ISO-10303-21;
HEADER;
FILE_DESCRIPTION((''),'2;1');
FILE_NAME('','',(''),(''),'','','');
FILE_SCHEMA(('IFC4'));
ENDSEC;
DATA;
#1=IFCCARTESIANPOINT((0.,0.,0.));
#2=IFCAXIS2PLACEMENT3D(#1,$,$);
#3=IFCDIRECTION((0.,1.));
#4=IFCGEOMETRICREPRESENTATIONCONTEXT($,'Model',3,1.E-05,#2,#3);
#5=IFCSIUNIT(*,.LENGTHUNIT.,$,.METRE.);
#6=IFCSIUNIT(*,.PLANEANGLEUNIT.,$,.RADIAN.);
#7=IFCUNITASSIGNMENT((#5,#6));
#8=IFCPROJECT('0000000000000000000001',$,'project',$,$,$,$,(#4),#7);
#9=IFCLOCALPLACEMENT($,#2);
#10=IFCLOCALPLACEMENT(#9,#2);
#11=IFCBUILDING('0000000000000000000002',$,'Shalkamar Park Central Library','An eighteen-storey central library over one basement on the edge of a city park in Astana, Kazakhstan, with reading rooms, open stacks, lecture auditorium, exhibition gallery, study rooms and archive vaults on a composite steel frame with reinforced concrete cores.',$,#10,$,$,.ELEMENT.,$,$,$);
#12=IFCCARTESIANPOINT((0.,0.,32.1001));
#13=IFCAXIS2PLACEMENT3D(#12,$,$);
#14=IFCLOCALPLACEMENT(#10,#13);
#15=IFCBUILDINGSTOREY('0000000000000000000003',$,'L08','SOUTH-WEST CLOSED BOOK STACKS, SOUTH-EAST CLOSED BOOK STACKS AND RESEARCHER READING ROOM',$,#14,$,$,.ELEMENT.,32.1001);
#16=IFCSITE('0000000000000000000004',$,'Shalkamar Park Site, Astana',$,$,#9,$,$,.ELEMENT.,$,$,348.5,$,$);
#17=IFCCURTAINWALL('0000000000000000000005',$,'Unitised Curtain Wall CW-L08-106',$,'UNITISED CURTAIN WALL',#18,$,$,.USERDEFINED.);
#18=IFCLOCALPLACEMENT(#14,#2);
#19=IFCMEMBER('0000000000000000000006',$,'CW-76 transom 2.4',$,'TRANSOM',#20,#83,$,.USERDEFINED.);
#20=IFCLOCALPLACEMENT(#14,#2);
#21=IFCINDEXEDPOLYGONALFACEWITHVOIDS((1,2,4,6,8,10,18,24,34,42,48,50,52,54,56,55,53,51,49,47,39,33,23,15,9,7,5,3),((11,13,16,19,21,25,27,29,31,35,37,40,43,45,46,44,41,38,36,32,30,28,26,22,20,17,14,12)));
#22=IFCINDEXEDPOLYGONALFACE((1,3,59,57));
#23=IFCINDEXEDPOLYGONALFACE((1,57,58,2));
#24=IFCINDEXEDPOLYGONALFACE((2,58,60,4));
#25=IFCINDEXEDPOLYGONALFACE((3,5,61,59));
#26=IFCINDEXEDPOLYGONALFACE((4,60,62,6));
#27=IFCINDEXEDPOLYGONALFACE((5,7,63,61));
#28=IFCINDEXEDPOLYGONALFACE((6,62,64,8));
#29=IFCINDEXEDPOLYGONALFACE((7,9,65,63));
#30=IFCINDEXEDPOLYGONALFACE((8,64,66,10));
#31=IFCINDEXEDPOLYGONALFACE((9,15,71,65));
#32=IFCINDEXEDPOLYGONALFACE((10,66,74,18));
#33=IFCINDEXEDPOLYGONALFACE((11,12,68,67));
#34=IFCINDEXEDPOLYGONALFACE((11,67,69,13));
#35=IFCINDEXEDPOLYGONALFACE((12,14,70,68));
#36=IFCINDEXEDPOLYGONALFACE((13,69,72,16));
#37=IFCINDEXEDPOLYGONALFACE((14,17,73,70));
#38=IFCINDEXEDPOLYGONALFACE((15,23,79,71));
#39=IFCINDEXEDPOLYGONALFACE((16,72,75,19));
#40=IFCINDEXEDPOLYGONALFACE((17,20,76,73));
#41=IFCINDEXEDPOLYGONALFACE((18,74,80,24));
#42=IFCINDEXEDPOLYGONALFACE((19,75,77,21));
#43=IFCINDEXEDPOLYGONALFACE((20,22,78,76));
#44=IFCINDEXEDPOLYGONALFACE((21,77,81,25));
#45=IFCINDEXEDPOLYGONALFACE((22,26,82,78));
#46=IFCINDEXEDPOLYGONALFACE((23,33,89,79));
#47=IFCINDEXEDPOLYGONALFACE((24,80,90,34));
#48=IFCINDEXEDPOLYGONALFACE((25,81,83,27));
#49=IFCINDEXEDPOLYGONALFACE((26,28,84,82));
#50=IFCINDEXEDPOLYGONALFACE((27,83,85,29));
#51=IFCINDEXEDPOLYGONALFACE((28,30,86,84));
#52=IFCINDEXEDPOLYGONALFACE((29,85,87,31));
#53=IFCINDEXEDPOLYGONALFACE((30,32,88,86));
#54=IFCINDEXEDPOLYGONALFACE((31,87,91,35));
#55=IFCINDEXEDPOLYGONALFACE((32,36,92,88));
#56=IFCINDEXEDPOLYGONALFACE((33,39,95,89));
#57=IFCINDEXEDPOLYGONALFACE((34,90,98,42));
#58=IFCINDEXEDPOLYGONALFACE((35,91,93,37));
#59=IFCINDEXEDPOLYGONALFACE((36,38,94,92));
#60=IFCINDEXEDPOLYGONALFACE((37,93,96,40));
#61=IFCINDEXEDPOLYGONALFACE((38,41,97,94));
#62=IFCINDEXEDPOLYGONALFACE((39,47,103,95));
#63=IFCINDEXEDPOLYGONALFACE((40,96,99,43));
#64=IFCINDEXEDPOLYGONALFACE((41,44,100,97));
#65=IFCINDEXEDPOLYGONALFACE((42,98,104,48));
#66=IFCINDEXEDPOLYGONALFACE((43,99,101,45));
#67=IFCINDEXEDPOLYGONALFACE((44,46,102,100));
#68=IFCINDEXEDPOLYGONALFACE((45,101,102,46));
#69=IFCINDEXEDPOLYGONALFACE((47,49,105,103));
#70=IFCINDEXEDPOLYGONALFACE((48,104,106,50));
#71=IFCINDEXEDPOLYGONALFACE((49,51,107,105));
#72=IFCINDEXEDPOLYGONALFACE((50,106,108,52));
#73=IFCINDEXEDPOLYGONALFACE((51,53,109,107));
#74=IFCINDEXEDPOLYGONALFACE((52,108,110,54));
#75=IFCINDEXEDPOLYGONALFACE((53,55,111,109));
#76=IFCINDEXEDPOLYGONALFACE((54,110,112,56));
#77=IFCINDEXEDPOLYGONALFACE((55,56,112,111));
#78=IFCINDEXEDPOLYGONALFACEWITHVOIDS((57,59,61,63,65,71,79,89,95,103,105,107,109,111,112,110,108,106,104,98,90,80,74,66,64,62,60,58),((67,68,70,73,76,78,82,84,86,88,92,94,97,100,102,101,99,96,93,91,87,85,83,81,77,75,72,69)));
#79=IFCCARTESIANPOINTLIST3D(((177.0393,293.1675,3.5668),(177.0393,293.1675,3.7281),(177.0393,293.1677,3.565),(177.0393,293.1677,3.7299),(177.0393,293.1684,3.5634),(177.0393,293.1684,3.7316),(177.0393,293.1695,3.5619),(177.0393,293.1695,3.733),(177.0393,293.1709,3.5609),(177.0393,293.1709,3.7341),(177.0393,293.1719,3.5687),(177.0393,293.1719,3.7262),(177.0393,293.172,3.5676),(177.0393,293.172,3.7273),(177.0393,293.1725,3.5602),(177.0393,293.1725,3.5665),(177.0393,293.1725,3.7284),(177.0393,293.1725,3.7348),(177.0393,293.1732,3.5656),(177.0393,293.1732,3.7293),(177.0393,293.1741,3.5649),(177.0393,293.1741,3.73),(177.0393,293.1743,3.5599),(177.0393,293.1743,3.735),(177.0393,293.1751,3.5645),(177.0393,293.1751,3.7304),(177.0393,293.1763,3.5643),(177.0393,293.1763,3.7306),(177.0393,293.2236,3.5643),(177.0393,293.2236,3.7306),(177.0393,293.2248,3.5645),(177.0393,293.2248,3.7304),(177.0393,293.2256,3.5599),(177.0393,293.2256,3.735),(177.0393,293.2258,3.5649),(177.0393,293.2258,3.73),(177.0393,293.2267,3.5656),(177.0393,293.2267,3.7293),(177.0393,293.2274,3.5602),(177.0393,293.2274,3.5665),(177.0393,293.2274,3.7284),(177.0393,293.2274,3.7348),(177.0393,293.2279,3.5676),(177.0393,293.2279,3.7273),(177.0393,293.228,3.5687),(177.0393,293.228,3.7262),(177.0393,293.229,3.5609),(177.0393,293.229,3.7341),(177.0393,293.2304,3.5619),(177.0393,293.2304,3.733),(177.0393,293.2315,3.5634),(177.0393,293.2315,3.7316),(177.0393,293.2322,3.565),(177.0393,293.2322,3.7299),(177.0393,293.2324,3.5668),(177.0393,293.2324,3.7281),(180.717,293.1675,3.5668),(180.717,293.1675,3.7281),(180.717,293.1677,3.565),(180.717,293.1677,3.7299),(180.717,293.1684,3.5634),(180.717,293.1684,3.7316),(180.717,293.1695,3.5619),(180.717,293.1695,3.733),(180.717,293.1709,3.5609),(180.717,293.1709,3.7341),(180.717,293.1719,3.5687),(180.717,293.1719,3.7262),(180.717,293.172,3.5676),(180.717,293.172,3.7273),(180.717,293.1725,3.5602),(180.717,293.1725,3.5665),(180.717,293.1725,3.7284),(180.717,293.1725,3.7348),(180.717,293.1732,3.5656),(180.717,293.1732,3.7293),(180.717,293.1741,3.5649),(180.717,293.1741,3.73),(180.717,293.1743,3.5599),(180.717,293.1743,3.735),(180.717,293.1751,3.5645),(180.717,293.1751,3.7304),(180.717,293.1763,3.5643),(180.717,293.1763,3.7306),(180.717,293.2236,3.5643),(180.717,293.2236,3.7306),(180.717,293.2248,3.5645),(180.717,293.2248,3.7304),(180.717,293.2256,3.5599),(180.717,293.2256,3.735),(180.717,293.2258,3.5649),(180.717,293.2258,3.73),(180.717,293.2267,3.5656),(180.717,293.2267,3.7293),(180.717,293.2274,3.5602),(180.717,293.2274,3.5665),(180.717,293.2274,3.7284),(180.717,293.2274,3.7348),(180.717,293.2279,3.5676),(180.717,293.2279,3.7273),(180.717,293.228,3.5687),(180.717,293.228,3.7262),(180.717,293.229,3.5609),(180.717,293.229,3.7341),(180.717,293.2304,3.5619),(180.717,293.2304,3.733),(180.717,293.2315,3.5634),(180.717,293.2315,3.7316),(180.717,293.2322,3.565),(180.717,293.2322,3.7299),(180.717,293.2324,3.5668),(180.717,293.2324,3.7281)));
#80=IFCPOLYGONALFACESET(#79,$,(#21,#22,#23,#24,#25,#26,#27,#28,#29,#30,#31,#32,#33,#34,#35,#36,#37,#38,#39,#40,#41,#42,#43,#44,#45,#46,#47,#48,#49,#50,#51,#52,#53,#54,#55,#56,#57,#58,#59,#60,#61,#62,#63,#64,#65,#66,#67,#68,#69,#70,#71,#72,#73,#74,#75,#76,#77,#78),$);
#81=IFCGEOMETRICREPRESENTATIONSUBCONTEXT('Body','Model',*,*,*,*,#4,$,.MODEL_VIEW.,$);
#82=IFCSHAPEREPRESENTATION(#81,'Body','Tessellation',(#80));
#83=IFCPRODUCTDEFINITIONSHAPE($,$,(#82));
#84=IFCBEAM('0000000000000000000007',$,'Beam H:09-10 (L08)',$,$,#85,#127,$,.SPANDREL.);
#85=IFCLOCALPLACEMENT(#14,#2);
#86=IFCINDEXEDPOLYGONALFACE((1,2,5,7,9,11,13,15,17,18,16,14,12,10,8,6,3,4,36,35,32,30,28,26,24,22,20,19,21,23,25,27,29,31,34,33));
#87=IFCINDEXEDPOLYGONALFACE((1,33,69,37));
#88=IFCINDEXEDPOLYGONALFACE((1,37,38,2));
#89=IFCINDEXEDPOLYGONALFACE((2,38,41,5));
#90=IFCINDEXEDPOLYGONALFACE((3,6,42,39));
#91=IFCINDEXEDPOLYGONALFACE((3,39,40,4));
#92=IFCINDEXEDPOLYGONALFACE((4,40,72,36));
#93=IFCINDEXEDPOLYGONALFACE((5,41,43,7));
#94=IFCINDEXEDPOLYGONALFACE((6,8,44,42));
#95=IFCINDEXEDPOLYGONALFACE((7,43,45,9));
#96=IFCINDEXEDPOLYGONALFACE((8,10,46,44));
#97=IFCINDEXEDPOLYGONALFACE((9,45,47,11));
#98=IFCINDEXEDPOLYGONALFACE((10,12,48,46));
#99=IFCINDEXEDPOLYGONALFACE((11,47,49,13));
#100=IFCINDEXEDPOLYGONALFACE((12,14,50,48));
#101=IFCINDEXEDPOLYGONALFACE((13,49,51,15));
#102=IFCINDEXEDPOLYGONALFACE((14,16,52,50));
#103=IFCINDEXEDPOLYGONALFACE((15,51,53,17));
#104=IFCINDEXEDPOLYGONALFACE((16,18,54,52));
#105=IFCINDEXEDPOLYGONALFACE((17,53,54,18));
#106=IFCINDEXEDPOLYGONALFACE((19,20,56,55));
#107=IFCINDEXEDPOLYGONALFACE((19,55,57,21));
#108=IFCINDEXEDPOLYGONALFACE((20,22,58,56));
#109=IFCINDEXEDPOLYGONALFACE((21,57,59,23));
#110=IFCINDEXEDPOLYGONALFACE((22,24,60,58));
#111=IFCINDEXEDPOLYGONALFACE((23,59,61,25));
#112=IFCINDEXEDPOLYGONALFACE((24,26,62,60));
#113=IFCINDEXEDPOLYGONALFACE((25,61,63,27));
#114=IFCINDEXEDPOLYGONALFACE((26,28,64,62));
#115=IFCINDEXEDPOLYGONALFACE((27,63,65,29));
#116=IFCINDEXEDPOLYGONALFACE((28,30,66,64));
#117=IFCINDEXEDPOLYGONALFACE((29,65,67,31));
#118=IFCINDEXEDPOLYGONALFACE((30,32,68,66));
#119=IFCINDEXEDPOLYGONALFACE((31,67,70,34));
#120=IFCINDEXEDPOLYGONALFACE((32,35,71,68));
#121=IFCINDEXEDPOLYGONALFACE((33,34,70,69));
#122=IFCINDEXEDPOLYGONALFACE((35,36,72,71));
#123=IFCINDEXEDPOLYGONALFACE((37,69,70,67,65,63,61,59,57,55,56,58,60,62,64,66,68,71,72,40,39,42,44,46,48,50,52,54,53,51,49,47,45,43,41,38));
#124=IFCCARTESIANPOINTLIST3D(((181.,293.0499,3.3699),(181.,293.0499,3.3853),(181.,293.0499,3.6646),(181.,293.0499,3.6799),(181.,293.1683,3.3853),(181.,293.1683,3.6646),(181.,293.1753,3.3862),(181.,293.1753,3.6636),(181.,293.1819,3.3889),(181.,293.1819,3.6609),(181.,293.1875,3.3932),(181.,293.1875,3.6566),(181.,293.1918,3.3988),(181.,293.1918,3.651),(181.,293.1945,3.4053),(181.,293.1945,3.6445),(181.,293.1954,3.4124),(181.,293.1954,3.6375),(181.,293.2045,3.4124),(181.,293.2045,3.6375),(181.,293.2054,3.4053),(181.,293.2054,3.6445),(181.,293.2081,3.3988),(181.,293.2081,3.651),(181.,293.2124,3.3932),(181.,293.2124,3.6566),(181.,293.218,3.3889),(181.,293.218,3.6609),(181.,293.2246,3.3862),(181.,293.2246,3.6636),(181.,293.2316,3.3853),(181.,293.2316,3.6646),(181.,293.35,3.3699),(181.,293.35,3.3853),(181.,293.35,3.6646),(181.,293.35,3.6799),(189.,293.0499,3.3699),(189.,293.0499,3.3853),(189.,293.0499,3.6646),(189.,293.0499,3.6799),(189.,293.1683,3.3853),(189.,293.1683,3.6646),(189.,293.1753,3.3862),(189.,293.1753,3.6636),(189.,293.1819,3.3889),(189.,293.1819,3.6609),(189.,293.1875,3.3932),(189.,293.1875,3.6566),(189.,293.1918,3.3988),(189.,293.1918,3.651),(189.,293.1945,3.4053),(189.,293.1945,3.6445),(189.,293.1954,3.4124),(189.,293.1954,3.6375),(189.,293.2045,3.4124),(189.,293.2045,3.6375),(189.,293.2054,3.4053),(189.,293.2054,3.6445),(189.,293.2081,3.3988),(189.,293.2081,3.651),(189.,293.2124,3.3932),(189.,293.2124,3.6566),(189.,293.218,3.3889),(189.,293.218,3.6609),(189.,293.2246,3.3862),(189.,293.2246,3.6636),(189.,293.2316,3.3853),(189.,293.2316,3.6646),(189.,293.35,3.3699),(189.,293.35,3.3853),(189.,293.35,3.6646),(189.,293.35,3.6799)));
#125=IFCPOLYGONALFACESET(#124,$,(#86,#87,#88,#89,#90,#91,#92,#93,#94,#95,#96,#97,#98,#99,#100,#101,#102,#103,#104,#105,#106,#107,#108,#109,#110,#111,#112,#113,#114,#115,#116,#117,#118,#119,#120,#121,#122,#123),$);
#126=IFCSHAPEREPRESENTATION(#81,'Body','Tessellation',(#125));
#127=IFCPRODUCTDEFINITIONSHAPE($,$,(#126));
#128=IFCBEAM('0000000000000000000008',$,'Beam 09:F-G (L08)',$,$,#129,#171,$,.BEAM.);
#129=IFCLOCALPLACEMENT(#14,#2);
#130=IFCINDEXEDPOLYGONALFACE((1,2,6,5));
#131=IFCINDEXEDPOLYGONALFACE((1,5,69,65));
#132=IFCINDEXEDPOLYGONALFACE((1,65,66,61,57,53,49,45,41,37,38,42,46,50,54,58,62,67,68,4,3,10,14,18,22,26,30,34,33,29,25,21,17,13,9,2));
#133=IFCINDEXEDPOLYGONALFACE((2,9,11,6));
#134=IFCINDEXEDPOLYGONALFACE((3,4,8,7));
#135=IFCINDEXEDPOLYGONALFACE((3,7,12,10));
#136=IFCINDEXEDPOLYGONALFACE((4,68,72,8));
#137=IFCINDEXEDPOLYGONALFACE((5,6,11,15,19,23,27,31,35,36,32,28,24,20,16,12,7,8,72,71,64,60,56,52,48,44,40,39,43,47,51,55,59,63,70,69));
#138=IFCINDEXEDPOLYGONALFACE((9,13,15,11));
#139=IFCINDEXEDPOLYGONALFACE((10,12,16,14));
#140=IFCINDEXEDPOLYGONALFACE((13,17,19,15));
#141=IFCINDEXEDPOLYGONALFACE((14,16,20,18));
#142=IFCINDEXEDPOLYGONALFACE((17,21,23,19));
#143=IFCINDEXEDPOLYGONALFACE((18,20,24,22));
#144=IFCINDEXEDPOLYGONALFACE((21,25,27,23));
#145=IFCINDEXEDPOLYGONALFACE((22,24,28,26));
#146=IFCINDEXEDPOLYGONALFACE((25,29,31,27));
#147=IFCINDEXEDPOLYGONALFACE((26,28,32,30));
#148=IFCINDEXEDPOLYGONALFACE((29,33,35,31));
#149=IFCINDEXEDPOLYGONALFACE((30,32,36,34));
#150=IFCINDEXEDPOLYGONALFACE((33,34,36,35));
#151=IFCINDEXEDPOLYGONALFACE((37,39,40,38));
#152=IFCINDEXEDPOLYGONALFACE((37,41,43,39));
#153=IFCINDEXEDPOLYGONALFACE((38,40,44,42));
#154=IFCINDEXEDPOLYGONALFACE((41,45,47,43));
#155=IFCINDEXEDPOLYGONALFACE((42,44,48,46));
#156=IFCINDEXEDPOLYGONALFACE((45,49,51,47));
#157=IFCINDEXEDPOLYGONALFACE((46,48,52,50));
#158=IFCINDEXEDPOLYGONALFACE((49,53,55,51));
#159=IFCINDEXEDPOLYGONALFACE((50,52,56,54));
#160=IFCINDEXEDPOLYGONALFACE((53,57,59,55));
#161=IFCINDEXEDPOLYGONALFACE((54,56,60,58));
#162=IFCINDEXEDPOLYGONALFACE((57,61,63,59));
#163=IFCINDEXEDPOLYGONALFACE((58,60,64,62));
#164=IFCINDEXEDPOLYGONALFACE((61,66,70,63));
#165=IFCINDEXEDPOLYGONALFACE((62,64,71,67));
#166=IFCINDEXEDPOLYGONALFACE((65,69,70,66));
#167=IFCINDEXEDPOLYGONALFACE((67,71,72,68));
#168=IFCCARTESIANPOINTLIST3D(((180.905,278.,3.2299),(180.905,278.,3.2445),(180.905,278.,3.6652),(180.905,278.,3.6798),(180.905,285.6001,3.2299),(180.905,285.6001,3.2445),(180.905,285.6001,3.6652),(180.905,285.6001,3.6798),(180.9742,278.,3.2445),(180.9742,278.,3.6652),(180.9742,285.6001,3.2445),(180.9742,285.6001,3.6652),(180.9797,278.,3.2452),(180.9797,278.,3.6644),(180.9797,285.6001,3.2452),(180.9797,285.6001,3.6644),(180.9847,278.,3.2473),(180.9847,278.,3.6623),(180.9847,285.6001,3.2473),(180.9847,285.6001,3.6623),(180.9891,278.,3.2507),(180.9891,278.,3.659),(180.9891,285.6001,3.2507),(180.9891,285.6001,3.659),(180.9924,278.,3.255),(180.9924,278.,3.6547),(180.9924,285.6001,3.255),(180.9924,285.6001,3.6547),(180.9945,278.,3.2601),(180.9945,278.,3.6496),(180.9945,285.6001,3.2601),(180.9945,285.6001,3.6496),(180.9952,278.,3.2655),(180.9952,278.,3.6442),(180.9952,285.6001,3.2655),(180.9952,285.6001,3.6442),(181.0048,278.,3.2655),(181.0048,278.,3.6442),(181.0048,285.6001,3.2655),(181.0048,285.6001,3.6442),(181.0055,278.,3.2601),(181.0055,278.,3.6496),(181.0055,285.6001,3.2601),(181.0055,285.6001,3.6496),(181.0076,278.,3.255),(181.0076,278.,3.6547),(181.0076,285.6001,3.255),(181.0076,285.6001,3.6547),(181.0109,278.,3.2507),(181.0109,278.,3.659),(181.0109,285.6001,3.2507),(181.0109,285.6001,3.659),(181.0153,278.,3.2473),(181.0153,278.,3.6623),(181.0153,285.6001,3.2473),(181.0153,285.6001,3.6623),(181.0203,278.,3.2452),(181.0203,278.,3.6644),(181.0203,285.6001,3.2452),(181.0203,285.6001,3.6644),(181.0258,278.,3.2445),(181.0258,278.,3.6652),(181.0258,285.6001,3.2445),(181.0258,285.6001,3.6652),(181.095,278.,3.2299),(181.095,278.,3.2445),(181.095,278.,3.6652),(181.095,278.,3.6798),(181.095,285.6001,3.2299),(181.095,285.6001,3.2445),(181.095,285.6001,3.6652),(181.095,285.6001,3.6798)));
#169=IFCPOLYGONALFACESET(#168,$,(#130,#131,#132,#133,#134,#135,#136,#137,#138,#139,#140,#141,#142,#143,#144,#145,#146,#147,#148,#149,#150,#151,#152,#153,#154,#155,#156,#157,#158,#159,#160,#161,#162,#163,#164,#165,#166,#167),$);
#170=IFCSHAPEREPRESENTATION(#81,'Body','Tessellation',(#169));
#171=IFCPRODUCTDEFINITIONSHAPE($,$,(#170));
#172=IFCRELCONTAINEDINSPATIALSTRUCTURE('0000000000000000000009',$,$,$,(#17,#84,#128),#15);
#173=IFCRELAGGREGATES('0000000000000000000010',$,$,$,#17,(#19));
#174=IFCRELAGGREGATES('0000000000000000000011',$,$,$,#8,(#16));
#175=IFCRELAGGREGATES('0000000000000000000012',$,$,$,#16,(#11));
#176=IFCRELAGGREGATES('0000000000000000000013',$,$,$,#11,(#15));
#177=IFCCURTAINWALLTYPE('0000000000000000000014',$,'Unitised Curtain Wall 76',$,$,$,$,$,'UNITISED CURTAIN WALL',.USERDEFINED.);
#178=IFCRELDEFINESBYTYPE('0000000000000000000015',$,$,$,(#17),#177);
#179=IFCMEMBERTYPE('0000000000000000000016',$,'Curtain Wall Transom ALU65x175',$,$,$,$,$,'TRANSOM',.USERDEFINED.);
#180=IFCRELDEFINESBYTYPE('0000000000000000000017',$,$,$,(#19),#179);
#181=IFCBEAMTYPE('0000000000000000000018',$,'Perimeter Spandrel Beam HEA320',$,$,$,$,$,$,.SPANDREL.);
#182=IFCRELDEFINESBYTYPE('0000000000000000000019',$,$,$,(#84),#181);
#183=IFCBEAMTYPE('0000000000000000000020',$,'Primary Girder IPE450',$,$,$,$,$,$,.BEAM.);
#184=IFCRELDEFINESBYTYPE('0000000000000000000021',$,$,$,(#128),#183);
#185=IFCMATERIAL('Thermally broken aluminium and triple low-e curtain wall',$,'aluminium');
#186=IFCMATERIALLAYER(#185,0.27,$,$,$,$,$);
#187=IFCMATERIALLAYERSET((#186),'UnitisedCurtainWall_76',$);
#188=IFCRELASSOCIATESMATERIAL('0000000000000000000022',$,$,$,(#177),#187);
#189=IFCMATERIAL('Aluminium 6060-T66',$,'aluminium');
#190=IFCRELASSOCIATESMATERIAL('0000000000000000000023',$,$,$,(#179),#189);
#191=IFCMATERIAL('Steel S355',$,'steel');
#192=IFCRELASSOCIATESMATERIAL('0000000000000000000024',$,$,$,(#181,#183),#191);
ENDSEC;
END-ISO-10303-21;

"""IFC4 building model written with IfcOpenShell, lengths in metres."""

from ifc_helpers import new_model, si_unit, direction, frame, origin, origin_2d, place, context, subcontext, project, spatial, hollow_rectangle, i_section, extrude, material, layer, layer_set, material_profile, profile_set, type_object, element, aggregate, save


model = new_model("IFC4")

# Units and contexts
model_context = context("Model", 3, precision=1e-05, world=origin(), true_north=direction((0.0, 1.0)))
body_context = subcontext(model_context, "Body", "Model", "MODEL_VIEW")
ifc_project = project(units=[si_unit("LENGTHUNIT", "METRE"), si_unit("PLANEANGLEUNIT", "RADIAN")], contexts=[model_context])

# Site, building, storey
site_placement = place(None, origin())
site = spatial("IfcSite", under=ifc_project, at=site_placement, Name="Shalkamar Park Site, Astana", CompositionType="ELEMENT", RefElevation=348.5)
building_placement = place(site_placement, origin())
building = spatial("IfcBuilding", under=site, at=building_placement, Name="Shalkamar Park Central Library", Description="An eighteen-storey central library over one basement on the edge of a city park in Astana, Kazakhstan, with reading rooms, open stacks, lecture auditorium, exhibition gallery, study rooms and archive vaults on a composite steel frame with reinforced concrete cores.", CompositionType="ELEMENT")
storey_placement = place(building_placement, frame((0.0, 0.0, 32.1001)))
storey = spatial("IfcBuildingStorey", under=building, at=storey_placement, Name="L08", Description="SOUTH-WEST CLOSED BOOK STACKS, SOUTH-EAST CLOSED BOOK STACKS AND RESEARCHER READING ROOM", CompositionType="ELEMENT", Elevation=32.1001)

# Shared definitions
ifc_material_1 = material(Name="Steel S355", Category="steel")

# Curtain wall
ifc_material_2 = material(Name="Thermally broken aluminium and triple low-e curtain wall", Category="aluminium")
ifc_layer_1 = layer(ifc_material_2, 0.27)
ifc_layer_set_1 = layer_set([ifc_layer_1], Name="UnitisedCurtainWall_76")
curtain_wall_type_1 = type_object("IfcCurtainWallType", Name="Unitised Curtain Wall 76", ElementType="UNITISED CURTAIN WALL", PredefinedType="USERDEFINED", material=ifc_layer_set_1)
curtain_wall_1_placement = place(storey_placement, origin())
curtain_wall_1 = element("IfcCurtainWall", 1, at=curtain_wall_1_placement, inside=storey, type_object=curtain_wall_type_1, Name="Unitised Curtain Wall CW-L08-106", ObjectType="UNITISED CURTAIN WALL", PredefinedType="USERDEFINED")
ifc_material_3 = material(Name="Aluminium 6060-T66", Category="aluminium")

# Member
ifc_material_profile_1 = material_profile(ifc_material_3, hollow_rectangle(XDim=0.0649, YDim=0.175, WallThickness=0.0044, InnerFilletRadius=0.0044, OuterFilletRadius=0.0068, at=origin_2d()), Name="ALU 65x175x4.5")
ifc_profile_set_1 = profile_set([ifc_material_profile_1], Name="Aluminium 6060-T66")
member_type_1 = type_object("IfcMemberType", Name="Curtain Wall Transom ALU65x175", ElementType="TRANSOM", PredefinedType="USERDEFINED", material=ifc_profile_set_1)
member_1_placement = place(storey_placement, frame((177.0393, 293.2, 3.6475), z_axis=(1.0, 0.0, 0.0), x_axis=(0.0, 1.0, 0.0)))
member_1 = element("IfcMember", 2, at=member_1_placement, type_object=member_type_1, Name="CW-76 transom 2.4", ObjectType="TRANSOM", PredefinedType="USERDEFINED", context=body_context, shape_type="SweptSolid", body=[
    extrude(hollow_rectangle(XDim=0.0649, YDim=0.175, WallThickness=0.0044, InnerFilletRadius=0.0044, OuterFilletRadius=0.0068, at=origin_2d()), origin(), (0.0, 0.0, 1.0), 3.6777),
])

# Beams
ifc_material_profile_2 = material_profile(ifc_material_1, i_section(OverallWidth=0.3, OverallDepth=0.3101, WebThickness=0.009, FlangeThickness=0.0154, FilletRadius=0.0271, at=origin_2d()), Name="HEA 320")
ifc_profile_set_2 = profile_set([ifc_material_profile_2], Name="Steel S355")
beam_type_1 = type_object("IfcBeamType", Name="Perimeter Spandrel Beam HEA320", PredefinedType="SPANDREL", material=ifc_profile_set_2)
beam_1_placement = place(storey_placement, frame((181.0, 293.2, 3.5249), z_axis=(1.0, 0.0, 0.0), x_axis=(0.0, 1.0, 0.0)))
element("IfcBeam", 3, at=beam_1_placement, inside=storey, type_object=beam_type_1, Name="Beam H:09-10 (L08)", PredefinedType="SPANDREL", context=body_context, shape_type="SweptSolid", body=[
    extrude(i_section(OverallWidth=0.3, OverallDepth=0.3101, WebThickness=0.009, FlangeThickness=0.0154, FilletRadius=0.0271, at=origin_2d()), origin(), (0.0, 0.0, 1.0), 8.0),
])
ifc_material_profile_3 = material_profile(ifc_material_1, i_section(OverallWidth=0.1899, OverallDepth=0.45, WebThickness=0.0095, FlangeThickness=0.0146, FilletRadius=0.021, at=origin_2d()), Name="IPE 450")
ifc_profile_set_3 = profile_set([ifc_material_profile_3], Name="Steel S355")
beam_type_2 = type_object("IfcBeamType", Name="Primary Girder IPE450", PredefinedType="BEAM", material=ifc_profile_set_3)
beam_2_placement = place(storey_placement, frame((181.0, 278.0, 3.4548), z_axis=(0.0, 1.0, 0.0), x_axis=(-1.0, 0.0, 0.0)))
element("IfcBeam", 4, at=beam_2_placement, inside=storey, type_object=beam_type_2, Name="Beam 09:F-G (L08)", PredefinedType="BEAM", context=body_context, shape_type="SweptSolid", body=[
    extrude(i_section(OverallWidth=0.1899, OverallDepth=0.45, WebThickness=0.0095, FlangeThickness=0.0146, FilletRadius=0.021, at=origin_2d()), origin(), (0.0, 0.0, 1.0), 7.6001),
])

aggregate(curtain_wall_1, [member_1])

save(model, "model.ifc")
